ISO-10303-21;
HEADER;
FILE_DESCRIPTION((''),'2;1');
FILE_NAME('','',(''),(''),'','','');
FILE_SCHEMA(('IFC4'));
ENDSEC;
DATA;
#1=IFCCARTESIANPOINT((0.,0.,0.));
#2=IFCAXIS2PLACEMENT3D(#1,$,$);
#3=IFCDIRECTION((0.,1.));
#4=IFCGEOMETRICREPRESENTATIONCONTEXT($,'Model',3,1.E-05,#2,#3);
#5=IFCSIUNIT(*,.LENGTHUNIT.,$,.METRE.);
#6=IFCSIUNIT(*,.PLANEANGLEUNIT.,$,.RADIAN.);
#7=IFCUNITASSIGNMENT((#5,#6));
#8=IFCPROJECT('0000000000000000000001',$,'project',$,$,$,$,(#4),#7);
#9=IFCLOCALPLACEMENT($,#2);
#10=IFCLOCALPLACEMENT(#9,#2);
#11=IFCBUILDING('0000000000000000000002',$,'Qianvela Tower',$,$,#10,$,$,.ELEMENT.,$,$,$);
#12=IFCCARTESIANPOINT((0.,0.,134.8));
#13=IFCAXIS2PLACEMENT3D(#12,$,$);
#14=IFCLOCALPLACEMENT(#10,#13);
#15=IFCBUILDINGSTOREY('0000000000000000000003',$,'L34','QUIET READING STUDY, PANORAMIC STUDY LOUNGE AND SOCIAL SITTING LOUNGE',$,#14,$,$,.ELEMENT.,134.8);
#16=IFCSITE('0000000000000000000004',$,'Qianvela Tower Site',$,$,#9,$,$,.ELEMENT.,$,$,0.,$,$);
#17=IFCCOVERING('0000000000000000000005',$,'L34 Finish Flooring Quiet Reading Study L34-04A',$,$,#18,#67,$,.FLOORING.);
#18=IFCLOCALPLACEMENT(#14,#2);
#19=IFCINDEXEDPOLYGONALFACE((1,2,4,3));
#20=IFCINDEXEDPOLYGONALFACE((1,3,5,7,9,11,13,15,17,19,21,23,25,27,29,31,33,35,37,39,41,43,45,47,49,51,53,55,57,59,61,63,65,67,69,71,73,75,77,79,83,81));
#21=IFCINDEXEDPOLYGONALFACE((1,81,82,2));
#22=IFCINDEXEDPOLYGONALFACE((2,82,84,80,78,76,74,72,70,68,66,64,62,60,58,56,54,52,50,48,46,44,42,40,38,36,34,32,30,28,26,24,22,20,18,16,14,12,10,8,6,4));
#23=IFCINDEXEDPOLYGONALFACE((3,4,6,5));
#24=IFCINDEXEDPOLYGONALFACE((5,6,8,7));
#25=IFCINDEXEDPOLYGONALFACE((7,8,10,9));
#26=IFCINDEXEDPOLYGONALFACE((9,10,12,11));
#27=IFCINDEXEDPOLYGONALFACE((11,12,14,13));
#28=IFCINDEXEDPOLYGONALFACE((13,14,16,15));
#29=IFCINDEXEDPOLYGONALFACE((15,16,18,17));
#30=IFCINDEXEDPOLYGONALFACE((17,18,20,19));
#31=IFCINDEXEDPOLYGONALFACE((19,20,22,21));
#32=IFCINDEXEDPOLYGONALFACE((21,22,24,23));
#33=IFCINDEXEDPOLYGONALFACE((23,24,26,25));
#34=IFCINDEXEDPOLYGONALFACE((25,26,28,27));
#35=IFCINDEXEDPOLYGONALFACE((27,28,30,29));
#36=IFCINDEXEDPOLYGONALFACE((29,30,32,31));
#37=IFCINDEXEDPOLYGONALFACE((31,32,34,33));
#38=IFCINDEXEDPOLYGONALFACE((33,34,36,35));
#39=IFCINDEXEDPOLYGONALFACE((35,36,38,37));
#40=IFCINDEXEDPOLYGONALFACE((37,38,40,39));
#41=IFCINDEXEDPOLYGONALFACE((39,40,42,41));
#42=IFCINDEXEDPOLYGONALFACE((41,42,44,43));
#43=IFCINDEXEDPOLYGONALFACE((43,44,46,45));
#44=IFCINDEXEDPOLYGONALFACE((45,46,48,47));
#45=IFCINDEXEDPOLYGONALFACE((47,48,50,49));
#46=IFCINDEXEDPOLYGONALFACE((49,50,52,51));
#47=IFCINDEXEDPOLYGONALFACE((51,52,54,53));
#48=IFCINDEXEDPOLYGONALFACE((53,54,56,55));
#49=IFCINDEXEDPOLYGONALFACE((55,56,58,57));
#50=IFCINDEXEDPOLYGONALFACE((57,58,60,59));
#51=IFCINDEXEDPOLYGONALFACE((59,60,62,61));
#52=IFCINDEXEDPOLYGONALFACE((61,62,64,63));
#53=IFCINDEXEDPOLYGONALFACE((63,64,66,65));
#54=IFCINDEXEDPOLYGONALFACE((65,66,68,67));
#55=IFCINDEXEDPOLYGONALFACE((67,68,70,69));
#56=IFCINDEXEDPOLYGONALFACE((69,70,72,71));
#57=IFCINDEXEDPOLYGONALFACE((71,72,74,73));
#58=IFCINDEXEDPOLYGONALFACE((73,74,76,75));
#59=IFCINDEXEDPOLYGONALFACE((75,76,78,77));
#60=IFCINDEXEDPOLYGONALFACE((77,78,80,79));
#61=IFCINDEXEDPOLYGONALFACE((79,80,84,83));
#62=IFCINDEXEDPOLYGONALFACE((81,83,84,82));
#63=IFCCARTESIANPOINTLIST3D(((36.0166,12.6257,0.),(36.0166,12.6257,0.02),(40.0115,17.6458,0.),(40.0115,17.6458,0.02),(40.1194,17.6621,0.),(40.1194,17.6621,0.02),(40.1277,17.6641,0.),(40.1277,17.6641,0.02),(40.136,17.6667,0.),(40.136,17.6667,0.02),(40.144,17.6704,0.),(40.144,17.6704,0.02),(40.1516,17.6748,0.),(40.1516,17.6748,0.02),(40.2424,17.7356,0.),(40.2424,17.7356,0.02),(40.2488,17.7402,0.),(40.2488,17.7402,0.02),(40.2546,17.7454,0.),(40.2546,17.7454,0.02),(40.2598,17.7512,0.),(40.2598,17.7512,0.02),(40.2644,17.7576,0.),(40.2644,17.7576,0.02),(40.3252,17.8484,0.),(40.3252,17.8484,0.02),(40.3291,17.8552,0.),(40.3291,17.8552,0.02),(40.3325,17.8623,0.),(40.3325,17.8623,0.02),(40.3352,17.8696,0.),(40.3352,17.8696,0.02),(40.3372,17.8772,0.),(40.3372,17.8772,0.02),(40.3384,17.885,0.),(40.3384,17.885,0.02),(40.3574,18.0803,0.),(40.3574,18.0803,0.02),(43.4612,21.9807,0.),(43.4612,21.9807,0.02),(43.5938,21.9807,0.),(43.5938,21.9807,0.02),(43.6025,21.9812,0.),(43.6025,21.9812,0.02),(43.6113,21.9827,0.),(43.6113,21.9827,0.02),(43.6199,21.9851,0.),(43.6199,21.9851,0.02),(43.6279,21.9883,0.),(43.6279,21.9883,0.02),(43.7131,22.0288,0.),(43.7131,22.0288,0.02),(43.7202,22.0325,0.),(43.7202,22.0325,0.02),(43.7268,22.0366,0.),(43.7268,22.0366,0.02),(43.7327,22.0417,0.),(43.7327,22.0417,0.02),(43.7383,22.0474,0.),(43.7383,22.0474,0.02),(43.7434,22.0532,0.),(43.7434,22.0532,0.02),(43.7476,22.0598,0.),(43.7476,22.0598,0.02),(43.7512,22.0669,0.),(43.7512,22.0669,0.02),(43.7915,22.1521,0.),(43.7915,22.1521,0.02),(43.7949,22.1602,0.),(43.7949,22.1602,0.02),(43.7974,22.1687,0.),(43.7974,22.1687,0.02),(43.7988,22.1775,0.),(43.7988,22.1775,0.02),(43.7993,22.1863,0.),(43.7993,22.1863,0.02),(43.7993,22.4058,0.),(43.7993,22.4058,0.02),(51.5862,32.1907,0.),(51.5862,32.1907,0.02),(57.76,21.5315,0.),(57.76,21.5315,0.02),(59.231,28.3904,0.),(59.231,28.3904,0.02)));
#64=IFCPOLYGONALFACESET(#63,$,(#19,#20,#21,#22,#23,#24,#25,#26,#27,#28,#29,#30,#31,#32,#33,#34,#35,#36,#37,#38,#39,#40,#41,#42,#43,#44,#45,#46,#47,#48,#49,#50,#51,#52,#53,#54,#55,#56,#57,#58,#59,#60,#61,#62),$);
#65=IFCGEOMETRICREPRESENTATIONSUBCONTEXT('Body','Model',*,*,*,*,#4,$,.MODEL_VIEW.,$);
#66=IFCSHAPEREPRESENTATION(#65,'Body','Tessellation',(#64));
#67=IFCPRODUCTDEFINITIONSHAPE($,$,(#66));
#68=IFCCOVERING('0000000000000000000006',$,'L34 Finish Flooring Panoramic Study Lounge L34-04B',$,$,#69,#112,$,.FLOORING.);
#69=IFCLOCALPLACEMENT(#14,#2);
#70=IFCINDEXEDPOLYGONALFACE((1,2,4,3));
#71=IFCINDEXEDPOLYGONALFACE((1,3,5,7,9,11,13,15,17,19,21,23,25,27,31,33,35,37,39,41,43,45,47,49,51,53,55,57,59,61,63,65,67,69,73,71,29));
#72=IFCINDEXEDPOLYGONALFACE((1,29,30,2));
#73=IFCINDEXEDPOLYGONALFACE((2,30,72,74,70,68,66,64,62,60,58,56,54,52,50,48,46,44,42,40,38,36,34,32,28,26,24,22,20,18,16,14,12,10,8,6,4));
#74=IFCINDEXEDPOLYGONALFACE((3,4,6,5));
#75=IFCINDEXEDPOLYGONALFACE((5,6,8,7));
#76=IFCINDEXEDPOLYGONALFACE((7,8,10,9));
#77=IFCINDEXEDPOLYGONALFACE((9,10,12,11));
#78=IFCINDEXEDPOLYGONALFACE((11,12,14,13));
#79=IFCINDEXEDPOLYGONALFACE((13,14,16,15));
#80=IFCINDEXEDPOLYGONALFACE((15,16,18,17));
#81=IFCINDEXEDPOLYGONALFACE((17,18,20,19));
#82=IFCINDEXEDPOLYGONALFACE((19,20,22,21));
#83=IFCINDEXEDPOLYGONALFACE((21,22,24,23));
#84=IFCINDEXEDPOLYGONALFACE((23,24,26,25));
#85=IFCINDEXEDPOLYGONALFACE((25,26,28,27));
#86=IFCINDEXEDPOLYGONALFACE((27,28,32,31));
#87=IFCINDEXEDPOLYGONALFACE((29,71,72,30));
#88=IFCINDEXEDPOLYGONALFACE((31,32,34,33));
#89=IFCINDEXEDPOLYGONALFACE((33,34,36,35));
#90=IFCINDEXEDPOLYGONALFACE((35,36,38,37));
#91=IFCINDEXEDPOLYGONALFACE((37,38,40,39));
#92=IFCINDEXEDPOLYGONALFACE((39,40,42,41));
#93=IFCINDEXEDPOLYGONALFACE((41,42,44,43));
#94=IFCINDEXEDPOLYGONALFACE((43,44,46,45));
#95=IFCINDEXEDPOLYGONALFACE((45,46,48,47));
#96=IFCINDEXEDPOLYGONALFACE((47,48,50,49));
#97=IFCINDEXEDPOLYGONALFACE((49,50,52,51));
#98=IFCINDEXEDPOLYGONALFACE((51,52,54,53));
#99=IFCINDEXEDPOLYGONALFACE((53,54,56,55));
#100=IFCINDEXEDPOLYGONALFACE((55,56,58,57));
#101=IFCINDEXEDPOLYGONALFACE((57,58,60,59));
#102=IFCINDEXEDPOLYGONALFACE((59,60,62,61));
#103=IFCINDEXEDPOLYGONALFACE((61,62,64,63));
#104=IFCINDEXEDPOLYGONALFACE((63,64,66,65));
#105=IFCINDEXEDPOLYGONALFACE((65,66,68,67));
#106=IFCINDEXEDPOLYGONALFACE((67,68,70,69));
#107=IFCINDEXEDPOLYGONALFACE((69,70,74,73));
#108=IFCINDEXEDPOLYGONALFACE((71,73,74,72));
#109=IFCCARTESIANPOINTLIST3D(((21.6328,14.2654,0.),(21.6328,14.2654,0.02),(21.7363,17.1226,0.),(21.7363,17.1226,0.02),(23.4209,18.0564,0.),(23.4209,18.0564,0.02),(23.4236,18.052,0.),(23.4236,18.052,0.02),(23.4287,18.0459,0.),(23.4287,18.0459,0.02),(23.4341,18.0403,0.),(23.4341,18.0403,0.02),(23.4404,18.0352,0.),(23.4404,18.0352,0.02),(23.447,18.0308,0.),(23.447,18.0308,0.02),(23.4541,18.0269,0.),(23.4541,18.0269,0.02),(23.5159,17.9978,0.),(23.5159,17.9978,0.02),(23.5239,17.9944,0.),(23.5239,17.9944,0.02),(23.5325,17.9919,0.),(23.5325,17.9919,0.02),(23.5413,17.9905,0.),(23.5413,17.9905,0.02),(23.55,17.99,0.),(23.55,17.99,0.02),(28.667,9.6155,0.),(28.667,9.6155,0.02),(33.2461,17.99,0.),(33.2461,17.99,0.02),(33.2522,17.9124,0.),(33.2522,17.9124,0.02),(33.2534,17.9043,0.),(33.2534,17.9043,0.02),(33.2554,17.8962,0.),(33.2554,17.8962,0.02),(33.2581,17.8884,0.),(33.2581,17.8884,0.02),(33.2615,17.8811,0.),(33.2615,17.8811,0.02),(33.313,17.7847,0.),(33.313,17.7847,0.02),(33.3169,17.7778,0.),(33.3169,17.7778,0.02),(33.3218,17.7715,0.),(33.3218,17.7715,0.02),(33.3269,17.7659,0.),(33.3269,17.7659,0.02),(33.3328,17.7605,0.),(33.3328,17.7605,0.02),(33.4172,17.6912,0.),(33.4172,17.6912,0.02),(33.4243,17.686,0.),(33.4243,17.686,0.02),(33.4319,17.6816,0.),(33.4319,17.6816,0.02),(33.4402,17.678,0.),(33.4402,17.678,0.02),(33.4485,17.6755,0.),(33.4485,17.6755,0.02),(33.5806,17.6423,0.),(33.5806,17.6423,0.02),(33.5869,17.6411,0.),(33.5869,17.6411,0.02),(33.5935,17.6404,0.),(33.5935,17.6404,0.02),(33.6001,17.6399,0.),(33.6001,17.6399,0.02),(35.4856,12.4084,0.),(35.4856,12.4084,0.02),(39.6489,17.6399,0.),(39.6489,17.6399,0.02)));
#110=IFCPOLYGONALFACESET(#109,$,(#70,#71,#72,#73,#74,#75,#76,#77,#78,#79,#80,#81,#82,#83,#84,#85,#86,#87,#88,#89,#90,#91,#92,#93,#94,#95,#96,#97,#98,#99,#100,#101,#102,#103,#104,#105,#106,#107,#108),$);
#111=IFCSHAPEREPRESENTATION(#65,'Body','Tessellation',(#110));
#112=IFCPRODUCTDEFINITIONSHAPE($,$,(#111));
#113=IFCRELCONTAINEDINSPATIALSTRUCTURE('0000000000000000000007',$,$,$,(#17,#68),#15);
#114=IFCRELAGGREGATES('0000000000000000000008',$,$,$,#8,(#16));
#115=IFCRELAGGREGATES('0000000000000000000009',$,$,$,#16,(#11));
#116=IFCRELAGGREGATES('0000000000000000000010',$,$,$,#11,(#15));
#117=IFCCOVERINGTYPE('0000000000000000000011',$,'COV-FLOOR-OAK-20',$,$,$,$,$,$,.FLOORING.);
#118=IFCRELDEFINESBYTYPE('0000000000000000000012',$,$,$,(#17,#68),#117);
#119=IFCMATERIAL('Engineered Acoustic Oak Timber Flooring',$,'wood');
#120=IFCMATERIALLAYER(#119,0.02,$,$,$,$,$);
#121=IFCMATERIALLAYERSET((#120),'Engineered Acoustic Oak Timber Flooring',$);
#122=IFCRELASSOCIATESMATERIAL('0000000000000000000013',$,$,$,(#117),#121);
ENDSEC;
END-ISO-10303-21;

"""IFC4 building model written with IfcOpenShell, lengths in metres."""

from ifc_helpers import new_model, si_unit, direction, frame, origin, place, context, subcontext, project, spatial, polyline, outline, extrude, material, layer, layer_set, type_object, element, save


model = new_model("IFC4")

# Units and contexts
model_context = context("Model", 3, precision=1e-05, world=origin(), true_north=direction((0.0, 1.0)))
body_context = subcontext(model_context, "Body", "Model", "MODEL_VIEW")
ifc_project = project(units=[si_unit("LENGTHUNIT", "METRE"), si_unit("PLANEANGLEUNIT", "RADIAN")], contexts=[model_context])

# Site, building, storey
site_placement = place(None, origin())
site = spatial("IfcSite", under=ifc_project, at=site_placement, Name="Qianvela Tower Site", CompositionType="ELEMENT", RefElevation=0.0)
building_placement = place(site_placement, origin())
building = spatial("IfcBuilding", under=site, at=building_placement, Name="Qianvela Tower", CompositionType="ELEMENT")
storey_placement = place(building_placement, frame((0.0, 0.0, 134.8)))
storey = spatial("IfcBuildingStorey", under=building, at=storey_placement, Name="L34", Description="QUIET READING STUDY, PANORAMIC STUDY LOUNGE AND SOCIAL SITTING LOUNGE", CompositionType="ELEMENT", Elevation=134.8)

# Coverings
ifc_material_1 = material(Name="Engineered Acoustic Oak Timber Flooring", Category="wood")
ifc_layer_1 = layer(ifc_material_1, 0.02)
ifc_layer_set_1 = layer_set([ifc_layer_1], Name="Engineered Acoustic Oak Timber Flooring")
covering_type_1 = type_object("IfcCoveringType", Name="COV-FLOOR-OAK-20", PredefinedType="FLOORING", material=ifc_layer_set_1)
covering_1_placement = place(storey_placement, origin())
element("IfcCovering", 1, at=covering_1_placement, inside=storey, type_object=covering_type_1, Name="L34 Finish Flooring Quiet Reading Study L34-04A", PredefinedType="FLOORING", context=body_context, shape_type="SweptSolid", body=[
    extrude(outline(polyline([(40.0115, 17.6458), (40.1194, 17.6621), (40.1277, 17.6641), (40.136, 17.6667), (40.144, 17.6704), (40.1516, 17.6748), (40.2424, 17.7356), (40.2488, 17.7402), (40.2546, 17.7454), (40.2598, 17.7512), (40.2644, 17.7576), (40.3252, 17.8484), (40.3291, 17.8552), (40.3325, 17.8623), (40.3352, 17.8696), (40.3372, 17.8772), (40.3384, 17.885), (40.3574, 18.0803), (43.4612, 21.9807), (43.5938, 21.9807), (43.6025, 21.9812), (43.6113, 21.9827), (43.6199, 21.9851), (43.6279, 21.9883), (43.7131, 22.0288), (43.7202, 22.0325), (43.7268, 22.0366), (43.7327, 22.0417), (43.7383, 22.0474), (43.7434, 22.0532), (43.7476, 22.0598), (43.7512, 22.0669), (43.7915, 22.1521), (43.7949, 22.1602), (43.7974, 22.1687), (43.7988, 22.1775), (43.7993, 22.1863), (43.7993, 22.4058), (51.5862, 32.1907), (59.231, 28.3904), (57.76, 21.5315), (36.0166, 12.6257), (40.0115, 17.6458)])), origin(), (0.0, 0.0, 1.0), 0.02),
])
covering_2_placement = place(storey_placement, origin())
element("IfcCovering", 2, at=covering_2_placement, inside=storey, type_object=covering_type_1, Name="L34 Finish Flooring Panoramic Study Lounge L34-04B", PredefinedType="FLOORING", context=body_context, shape_type="SweptSolid", body=[
    extrude(outline(polyline([(21.6328, 14.2654), (21.7363, 17.1226), (23.4209, 18.0564), (23.4236, 18.052), (23.4287, 18.0459), (23.4341, 18.0403), (23.4404, 18.0352), (23.447, 18.0308), (23.4541, 18.0269), (23.5159, 17.9978), (23.5239, 17.9944), (23.5325, 17.9919), (23.5413, 17.9905), (23.55, 17.99), (33.2461, 17.99), (33.2522, 17.9124), (33.2534, 17.9043), (33.2554, 17.8962), (33.2581, 17.8884), (33.2615, 17.8811), (33.313, 17.7847), (33.3169, 17.7778), (33.3218, 17.7715), (33.3269, 17.7659), (33.3328, 17.7605), (33.4172, 17.6912), (33.4243, 17.686), (33.4319, 17.6816), (33.4402, 17.678), (33.4485, 17.6755), (33.5806, 17.6423), (33.5869, 17.6411), (33.5935, 17.6404), (33.6001, 17.6399), (39.6489, 17.6399), (35.4856, 12.4084), (28.667, 9.6155), (21.6328, 14.2654)])), origin(), (0.0, 0.0, 1.0), 0.02),
])

save(model, "model.ifc")
